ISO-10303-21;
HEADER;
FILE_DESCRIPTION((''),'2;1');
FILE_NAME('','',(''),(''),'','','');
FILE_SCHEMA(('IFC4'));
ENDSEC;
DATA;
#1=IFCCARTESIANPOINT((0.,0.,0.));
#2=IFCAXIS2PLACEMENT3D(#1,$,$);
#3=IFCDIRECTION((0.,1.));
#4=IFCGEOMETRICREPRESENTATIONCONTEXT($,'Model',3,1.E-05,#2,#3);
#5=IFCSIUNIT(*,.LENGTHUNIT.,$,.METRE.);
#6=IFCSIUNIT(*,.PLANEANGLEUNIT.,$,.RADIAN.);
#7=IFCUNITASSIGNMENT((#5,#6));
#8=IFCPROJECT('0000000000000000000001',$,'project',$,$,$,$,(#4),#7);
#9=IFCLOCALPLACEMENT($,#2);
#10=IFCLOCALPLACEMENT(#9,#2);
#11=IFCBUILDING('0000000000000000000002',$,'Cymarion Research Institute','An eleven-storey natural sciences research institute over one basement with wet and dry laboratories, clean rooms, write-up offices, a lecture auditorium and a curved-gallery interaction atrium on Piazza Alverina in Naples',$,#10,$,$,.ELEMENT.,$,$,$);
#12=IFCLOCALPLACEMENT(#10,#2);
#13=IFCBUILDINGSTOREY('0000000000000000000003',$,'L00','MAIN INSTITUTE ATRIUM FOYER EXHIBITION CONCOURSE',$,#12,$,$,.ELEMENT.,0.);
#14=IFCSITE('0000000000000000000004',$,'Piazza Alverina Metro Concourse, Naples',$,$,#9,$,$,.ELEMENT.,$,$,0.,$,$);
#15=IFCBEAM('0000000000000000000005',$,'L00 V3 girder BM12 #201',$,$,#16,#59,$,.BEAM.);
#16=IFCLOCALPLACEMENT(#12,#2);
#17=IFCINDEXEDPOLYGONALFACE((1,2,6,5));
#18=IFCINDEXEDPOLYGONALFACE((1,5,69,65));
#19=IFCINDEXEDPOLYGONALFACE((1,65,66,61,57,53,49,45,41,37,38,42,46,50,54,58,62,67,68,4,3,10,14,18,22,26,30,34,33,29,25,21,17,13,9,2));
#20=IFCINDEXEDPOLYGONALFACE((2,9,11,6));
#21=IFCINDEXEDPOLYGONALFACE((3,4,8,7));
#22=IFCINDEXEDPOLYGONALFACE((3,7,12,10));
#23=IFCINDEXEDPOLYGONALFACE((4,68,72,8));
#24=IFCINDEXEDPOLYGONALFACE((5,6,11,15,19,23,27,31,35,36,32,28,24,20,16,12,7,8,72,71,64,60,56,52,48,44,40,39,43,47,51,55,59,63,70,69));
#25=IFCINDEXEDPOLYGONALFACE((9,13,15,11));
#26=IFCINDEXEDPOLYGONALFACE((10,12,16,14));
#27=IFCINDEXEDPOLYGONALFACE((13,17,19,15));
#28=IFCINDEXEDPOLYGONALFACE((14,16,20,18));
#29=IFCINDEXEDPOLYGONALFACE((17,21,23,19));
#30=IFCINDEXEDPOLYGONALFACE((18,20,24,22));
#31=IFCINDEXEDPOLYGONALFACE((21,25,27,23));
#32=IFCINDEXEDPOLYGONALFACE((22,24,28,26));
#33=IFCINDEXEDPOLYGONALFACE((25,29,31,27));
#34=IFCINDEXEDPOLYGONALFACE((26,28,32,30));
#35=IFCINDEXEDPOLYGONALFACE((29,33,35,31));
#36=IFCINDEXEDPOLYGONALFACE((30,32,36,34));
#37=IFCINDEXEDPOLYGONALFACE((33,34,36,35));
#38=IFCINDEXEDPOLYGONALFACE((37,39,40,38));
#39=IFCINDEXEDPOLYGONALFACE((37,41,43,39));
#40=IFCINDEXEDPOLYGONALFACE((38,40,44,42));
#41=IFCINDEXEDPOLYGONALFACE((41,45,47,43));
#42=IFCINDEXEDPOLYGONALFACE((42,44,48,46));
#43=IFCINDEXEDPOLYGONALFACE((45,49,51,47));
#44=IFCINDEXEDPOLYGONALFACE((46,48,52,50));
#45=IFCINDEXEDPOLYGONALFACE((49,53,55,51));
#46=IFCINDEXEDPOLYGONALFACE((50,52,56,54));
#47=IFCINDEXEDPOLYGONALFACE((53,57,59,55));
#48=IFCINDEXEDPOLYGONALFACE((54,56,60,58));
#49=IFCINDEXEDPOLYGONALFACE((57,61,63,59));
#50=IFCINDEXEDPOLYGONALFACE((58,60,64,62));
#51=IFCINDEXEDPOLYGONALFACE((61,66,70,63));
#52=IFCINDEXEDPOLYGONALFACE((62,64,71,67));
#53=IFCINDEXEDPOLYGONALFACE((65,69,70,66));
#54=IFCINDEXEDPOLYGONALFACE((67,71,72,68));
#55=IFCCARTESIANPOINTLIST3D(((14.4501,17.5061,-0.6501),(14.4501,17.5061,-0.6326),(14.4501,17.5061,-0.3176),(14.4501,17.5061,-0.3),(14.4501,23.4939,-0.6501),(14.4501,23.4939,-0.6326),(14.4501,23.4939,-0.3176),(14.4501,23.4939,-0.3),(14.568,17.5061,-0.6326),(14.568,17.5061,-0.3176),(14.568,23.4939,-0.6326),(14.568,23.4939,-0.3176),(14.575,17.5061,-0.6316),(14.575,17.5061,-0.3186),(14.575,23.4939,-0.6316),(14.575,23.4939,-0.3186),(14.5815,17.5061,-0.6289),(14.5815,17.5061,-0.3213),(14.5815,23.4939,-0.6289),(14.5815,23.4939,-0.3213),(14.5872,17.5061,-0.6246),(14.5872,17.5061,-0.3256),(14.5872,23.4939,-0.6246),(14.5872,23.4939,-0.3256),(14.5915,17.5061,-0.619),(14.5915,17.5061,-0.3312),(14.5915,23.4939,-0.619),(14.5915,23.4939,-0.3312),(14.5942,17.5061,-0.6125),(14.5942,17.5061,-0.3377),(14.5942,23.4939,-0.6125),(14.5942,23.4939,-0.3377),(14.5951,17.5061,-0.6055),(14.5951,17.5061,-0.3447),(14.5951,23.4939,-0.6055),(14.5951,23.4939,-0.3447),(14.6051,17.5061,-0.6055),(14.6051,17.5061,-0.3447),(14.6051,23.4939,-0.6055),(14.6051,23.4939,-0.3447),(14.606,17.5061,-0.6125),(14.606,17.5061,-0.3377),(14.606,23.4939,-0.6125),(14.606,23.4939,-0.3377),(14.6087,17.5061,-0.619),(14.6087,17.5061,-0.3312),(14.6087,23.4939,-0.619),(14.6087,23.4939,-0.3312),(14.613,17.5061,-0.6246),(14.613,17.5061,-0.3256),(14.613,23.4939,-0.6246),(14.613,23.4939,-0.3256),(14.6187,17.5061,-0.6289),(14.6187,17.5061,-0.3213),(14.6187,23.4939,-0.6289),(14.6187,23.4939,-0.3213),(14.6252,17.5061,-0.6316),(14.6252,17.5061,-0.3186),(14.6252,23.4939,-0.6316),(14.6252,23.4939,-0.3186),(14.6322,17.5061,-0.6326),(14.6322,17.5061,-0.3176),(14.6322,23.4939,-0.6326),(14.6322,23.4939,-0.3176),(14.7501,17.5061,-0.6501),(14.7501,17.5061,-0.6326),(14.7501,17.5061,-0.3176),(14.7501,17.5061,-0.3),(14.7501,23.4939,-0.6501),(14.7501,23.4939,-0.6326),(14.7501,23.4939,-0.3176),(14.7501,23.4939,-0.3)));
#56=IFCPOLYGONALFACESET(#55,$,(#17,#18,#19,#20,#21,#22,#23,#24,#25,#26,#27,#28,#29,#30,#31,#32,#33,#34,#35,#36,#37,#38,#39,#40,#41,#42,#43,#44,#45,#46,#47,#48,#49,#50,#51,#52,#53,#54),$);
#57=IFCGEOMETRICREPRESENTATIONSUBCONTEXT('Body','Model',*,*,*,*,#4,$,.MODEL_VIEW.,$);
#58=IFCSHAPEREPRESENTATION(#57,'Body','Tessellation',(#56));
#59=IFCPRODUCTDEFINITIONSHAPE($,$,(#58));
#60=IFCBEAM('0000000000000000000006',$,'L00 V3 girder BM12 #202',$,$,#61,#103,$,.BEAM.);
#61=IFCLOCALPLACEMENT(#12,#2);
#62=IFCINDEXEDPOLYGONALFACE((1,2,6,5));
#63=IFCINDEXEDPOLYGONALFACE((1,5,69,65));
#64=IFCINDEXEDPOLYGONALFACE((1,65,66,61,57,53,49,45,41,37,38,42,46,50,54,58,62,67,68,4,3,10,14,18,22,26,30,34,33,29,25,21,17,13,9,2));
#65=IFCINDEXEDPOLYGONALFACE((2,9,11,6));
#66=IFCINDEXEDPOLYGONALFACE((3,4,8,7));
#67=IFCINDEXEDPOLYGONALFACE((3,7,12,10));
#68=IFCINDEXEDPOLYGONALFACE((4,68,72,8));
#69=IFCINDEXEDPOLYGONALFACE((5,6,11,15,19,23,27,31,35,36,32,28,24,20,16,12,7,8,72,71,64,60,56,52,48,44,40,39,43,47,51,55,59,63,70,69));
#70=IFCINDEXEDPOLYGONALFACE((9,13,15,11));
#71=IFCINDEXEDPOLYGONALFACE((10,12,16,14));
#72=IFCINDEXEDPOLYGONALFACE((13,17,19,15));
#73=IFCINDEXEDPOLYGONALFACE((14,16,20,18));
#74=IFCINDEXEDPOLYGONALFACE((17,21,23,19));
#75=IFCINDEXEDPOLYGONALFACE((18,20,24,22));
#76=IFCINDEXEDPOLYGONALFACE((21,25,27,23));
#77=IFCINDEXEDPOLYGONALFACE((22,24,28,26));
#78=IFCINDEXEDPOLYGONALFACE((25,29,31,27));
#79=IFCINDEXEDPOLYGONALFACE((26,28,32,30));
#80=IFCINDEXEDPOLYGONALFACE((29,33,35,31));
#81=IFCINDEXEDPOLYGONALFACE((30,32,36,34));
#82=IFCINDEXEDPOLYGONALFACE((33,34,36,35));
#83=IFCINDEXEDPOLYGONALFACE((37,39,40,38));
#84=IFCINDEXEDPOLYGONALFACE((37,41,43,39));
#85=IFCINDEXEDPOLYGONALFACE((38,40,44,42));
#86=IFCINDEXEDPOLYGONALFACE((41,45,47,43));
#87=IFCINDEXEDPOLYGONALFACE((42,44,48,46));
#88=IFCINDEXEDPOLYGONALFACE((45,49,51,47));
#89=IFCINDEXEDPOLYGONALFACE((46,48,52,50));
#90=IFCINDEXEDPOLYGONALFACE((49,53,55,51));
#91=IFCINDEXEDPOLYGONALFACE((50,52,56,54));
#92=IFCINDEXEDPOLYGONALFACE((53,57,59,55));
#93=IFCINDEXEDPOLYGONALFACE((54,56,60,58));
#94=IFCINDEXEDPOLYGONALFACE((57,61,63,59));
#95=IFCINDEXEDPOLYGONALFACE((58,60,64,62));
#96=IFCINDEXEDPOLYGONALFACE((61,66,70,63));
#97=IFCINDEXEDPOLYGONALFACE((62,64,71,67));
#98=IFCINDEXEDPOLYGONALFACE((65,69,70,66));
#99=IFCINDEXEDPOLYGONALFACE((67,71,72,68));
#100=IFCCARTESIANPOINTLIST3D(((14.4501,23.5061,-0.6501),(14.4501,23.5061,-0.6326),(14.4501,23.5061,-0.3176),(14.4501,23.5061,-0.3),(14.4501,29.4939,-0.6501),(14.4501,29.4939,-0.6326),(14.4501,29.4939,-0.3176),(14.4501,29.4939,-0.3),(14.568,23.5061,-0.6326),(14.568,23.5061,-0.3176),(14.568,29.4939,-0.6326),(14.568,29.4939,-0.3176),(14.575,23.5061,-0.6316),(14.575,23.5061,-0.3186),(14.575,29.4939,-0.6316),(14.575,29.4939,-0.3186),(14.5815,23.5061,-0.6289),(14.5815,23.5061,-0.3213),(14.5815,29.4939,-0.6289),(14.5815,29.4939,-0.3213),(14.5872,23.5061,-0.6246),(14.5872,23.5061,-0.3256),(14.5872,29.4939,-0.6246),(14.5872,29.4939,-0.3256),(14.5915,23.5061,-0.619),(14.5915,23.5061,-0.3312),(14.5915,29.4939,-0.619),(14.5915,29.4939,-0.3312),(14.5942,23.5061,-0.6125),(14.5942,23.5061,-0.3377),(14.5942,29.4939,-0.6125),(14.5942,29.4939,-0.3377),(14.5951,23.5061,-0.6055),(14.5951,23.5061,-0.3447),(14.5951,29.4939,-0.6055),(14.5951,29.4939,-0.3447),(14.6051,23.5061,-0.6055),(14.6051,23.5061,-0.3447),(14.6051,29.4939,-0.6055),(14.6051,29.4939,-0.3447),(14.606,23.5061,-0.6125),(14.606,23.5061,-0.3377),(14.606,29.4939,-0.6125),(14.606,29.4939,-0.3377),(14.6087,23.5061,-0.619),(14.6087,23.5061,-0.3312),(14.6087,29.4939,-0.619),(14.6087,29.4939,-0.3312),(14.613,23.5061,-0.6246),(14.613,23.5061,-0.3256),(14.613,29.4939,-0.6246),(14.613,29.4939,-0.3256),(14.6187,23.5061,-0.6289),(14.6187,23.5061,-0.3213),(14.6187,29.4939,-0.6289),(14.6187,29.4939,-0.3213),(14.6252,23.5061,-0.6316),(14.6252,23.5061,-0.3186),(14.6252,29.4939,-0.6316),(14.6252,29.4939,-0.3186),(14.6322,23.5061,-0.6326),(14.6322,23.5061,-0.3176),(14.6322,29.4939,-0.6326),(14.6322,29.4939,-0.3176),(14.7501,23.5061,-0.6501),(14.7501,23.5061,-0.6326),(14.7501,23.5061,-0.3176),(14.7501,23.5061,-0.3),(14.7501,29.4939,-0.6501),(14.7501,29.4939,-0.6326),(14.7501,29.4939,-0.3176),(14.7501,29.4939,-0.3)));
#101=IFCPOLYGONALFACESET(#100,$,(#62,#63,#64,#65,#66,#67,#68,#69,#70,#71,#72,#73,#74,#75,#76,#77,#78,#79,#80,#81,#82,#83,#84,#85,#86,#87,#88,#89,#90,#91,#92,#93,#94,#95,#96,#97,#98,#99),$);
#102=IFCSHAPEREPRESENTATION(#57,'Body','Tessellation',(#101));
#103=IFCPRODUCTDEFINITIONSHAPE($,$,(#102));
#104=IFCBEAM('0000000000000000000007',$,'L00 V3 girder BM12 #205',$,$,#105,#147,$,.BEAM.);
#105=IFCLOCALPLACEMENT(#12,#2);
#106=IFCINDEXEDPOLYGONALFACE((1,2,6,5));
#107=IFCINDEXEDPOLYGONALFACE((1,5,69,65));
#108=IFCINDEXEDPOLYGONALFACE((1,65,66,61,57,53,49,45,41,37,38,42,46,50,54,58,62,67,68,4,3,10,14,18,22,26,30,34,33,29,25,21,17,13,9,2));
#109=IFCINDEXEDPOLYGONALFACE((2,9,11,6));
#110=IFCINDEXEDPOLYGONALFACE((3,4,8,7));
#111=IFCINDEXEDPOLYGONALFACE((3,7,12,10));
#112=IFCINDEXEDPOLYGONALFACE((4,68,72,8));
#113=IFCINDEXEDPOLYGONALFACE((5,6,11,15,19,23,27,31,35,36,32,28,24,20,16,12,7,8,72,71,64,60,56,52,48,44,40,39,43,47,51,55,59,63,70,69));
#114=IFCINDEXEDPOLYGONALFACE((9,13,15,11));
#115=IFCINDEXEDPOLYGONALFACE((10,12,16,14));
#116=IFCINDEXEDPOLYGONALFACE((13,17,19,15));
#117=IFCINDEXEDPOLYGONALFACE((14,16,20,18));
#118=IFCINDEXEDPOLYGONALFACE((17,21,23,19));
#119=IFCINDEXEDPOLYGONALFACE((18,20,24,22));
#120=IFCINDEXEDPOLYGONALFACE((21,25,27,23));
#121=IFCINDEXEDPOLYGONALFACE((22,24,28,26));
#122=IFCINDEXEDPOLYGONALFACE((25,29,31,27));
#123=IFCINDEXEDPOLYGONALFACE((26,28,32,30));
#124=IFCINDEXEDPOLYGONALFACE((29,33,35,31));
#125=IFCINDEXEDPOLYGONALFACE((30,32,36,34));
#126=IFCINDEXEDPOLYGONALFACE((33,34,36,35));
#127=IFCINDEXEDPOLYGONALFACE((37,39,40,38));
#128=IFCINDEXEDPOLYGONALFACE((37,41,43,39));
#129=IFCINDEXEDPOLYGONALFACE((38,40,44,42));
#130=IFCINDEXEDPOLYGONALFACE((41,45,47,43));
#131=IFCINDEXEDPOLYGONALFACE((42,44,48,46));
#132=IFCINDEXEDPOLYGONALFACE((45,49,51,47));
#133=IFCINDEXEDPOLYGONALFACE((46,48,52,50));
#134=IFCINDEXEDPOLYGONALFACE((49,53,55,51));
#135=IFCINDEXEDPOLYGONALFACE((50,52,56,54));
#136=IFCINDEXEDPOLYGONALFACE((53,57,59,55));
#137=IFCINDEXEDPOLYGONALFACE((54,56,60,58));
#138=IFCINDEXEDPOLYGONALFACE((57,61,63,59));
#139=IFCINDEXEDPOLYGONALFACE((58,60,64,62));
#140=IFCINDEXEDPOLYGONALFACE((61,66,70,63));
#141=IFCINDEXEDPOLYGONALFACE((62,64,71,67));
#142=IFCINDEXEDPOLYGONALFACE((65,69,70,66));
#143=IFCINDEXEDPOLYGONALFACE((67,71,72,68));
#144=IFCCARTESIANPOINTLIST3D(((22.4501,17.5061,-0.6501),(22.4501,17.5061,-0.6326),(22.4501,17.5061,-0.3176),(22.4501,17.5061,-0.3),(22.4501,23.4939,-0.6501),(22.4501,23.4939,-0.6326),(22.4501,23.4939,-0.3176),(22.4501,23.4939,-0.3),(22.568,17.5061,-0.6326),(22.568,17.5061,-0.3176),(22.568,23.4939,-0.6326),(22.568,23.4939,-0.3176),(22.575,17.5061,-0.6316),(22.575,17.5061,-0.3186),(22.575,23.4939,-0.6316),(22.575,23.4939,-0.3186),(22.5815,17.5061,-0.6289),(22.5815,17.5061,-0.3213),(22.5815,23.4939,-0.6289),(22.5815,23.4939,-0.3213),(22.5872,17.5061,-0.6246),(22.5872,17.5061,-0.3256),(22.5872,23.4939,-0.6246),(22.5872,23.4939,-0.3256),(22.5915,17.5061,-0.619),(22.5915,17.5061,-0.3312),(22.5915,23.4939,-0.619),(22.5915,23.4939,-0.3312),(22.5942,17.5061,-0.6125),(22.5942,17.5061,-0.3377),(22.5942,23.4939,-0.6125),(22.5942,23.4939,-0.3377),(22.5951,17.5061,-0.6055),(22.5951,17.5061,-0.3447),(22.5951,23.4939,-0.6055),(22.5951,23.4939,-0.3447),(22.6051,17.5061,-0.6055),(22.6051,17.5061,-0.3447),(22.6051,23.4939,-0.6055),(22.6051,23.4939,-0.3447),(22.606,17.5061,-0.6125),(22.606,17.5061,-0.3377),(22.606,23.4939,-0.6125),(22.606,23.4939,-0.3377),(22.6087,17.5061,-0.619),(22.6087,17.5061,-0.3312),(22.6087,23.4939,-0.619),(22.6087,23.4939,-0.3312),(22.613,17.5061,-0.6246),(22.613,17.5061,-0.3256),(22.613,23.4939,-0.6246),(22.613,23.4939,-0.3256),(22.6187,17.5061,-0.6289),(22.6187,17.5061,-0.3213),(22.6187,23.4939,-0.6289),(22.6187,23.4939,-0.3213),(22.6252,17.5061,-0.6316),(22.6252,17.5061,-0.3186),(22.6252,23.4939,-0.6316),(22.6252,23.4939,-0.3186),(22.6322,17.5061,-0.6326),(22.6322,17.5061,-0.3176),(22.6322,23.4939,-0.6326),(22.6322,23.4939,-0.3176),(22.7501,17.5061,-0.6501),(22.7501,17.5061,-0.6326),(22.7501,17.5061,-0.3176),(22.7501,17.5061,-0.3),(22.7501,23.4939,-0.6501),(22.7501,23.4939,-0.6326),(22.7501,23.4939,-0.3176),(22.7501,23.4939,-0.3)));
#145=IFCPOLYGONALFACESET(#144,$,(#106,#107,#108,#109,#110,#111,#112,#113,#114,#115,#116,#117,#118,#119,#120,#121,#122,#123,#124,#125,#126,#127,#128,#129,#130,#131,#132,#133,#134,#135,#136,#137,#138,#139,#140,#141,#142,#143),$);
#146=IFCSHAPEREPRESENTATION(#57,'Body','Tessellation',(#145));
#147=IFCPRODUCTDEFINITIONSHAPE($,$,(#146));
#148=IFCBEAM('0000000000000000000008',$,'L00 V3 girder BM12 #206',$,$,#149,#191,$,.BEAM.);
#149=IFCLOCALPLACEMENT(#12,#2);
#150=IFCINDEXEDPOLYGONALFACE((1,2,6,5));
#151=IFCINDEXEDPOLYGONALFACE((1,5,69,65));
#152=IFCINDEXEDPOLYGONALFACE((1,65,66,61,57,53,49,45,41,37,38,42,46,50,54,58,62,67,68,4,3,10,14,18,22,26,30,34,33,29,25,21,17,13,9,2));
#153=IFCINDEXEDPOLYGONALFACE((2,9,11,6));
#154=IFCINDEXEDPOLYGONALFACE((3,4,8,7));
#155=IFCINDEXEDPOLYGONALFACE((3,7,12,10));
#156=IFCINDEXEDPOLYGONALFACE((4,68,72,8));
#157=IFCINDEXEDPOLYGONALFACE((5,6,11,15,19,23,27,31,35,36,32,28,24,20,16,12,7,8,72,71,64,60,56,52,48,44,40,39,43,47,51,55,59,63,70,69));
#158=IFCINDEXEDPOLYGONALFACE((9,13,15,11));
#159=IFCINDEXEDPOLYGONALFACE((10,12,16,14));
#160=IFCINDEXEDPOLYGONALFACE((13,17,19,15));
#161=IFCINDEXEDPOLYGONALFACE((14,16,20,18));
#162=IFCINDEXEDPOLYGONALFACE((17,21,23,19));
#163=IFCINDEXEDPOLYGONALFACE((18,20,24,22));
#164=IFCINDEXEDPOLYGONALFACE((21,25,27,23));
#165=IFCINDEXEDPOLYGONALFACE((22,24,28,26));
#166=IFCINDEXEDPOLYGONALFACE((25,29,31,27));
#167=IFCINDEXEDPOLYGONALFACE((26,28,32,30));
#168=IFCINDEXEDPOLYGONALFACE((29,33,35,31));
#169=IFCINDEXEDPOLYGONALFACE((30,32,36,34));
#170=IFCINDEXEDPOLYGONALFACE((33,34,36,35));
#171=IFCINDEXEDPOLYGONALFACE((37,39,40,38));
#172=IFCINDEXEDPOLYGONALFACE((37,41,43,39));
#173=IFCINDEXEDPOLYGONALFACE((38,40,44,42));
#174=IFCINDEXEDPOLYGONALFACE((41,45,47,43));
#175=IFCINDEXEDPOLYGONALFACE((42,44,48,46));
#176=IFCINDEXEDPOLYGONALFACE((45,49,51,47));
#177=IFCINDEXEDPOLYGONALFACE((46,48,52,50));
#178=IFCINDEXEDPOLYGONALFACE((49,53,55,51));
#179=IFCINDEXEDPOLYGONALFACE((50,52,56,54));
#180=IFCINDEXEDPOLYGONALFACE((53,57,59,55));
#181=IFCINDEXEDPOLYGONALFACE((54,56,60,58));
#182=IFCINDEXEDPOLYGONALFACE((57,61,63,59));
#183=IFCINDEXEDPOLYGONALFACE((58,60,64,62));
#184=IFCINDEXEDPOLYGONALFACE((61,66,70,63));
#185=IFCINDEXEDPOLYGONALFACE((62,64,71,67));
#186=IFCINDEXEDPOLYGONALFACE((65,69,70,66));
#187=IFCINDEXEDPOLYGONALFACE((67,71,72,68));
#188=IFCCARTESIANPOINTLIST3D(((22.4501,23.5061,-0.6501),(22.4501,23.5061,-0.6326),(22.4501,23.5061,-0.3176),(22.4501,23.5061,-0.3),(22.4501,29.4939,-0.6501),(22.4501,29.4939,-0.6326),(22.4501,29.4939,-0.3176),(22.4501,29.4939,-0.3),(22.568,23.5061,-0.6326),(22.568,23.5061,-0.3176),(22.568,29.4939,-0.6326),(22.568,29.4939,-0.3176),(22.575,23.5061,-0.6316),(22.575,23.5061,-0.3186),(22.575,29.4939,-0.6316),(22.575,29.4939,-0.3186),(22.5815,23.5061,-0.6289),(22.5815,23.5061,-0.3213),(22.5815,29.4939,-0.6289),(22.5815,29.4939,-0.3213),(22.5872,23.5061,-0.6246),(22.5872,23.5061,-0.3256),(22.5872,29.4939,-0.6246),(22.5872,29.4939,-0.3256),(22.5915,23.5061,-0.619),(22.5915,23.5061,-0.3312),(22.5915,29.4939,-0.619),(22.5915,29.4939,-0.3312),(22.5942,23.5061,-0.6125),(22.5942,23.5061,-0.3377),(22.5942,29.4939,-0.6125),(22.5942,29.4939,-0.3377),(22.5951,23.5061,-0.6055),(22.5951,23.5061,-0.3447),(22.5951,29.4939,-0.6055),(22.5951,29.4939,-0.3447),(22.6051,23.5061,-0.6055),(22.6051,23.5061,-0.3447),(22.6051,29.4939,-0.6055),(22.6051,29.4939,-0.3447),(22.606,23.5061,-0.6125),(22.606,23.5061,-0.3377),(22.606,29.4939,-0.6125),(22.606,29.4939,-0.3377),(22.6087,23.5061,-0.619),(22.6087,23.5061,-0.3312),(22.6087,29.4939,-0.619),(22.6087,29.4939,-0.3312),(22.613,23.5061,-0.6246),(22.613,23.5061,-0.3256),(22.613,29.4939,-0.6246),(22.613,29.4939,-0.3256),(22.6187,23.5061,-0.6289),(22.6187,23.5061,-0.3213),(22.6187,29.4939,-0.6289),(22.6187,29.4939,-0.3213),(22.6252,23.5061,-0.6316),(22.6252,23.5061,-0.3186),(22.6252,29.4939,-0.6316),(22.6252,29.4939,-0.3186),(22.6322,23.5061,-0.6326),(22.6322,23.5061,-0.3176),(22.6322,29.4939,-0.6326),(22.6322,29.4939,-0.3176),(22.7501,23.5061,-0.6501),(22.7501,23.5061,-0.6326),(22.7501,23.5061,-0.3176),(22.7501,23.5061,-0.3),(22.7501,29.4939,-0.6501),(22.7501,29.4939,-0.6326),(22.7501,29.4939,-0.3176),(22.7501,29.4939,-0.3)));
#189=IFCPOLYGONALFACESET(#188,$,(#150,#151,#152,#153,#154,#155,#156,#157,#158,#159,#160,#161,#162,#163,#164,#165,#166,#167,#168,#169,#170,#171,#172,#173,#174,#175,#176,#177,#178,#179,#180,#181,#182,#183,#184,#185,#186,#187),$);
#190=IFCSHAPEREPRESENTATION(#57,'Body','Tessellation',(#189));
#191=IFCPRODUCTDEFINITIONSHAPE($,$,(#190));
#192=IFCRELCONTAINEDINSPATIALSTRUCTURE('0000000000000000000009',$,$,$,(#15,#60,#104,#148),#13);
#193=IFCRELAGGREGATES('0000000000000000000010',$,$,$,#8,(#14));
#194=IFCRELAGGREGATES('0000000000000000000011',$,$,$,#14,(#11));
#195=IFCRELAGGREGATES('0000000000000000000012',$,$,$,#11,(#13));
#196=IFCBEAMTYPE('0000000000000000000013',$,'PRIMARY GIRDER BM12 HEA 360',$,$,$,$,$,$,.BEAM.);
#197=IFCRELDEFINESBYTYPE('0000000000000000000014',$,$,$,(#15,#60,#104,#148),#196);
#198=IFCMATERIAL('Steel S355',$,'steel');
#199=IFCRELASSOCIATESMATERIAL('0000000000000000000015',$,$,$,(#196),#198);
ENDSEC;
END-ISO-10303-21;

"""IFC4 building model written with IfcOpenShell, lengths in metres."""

from ifc_helpers import new_model, si_unit, direction, frame, origin, origin_2d, place, context, subcontext, project, spatial, i_section, extrude, material, material_profile, profile_set, type_object, element, save


model = new_model("IFC4")

# Units and contexts
model_context = context("Model", 3, precision=1e-05, world=origin(), true_north=direction((0.0, 1.0)))
body_context = subcontext(model_context, "Body", "Model", "MODEL_VIEW")
ifc_project = project(units=[si_unit("LENGTHUNIT", "METRE"), si_unit("PLANEANGLEUNIT", "RADIAN")], contexts=[model_context])

# Site, building, storey
site_placement = place(None, origin())
site = spatial("IfcSite", under=ifc_project, at=site_placement, Name="Piazza Alverina Metro Concourse, Naples", CompositionType="ELEMENT", RefElevation=0.0)
building_placement = place(site_placement, origin())
building = spatial("IfcBuilding", under=site, at=building_placement, Name="Cymarion Research Institute", Description="An eleven-storey natural sciences research institute over one basement with wet and dry laboratories, clean rooms, write-up offices, a lecture auditorium and a curved-gallery interaction atrium on Piazza Alverina in Naples", CompositionType="ELEMENT")
storey_placement = place(building_placement, origin())
storey = spatial("IfcBuildingStorey", under=building, at=storey_placement, Name="L00", Description="MAIN INSTITUTE ATRIUM FOYER EXHIBITION CONCOURSE", CompositionType="ELEMENT", Elevation=0.0)

# Shared definitions
ifc_material_1 = material(Name="Steel S355", Category="steel")

# Beams
ifc_material_profile_1 = material_profile(ifc_material_1, i_section(OverallWidth=0.3, OverallDepth=0.3501, WebThickness=0.01, FlangeThickness=0.0176, FilletRadius=0.0271, at=origin_2d()), Name="HEA 360")
ifc_profile_set_1 = profile_set([ifc_material_profile_1], Name="Steel S355")
beam_type_1 = type_object("IfcBeamType", Name="PRIMARY GIRDER BM12 HEA 360", PredefinedType="BEAM", material=ifc_profile_set_1)
for number, where, z_axis, x_axis, name in (
    (1, (14.6001, 17.5061, -0.4751), (0.0, 1.0, 0.0), (-1.0, 0.0, 0.0), "L00 V3 girder BM12 #201"),
    (2, (14.6001, 23.5061, -0.4751), (0.0, 1.0, 0.0), (-1.0, 0.0, 0.0), "L00 V3 girder BM12 #202"),
    (3, (22.6001, 17.5061, -0.4751), (0.0, 1.0, 0.0), (-1.0, 0.0, 0.0), "L00 V3 girder BM12 #205"),
    (4, (22.6001, 23.5061, -0.4751), (0.0, 1.0, 0.0), (-1.0, 0.0, 0.0), "L00 V3 girder BM12 #206"),
):
    element("IfcBeam", number, at=place(storey_placement, frame(where, z_axis=z_axis, x_axis=x_axis)), inside=storey, type_object=beam_type_1, Name=name, PredefinedType="BEAM", context=body_context, shape_type="SweptSolid", body=[
        extrude(i_section(OverallWidth=0.3, OverallDepth=0.3501, WebThickness=0.01, FlangeThickness=0.0176, FilletRadius=0.0271, at=origin_2d()), origin(), (0.0, 0.0, 1.0), 5.9878),
    ])

save(model, "model.ifc")
